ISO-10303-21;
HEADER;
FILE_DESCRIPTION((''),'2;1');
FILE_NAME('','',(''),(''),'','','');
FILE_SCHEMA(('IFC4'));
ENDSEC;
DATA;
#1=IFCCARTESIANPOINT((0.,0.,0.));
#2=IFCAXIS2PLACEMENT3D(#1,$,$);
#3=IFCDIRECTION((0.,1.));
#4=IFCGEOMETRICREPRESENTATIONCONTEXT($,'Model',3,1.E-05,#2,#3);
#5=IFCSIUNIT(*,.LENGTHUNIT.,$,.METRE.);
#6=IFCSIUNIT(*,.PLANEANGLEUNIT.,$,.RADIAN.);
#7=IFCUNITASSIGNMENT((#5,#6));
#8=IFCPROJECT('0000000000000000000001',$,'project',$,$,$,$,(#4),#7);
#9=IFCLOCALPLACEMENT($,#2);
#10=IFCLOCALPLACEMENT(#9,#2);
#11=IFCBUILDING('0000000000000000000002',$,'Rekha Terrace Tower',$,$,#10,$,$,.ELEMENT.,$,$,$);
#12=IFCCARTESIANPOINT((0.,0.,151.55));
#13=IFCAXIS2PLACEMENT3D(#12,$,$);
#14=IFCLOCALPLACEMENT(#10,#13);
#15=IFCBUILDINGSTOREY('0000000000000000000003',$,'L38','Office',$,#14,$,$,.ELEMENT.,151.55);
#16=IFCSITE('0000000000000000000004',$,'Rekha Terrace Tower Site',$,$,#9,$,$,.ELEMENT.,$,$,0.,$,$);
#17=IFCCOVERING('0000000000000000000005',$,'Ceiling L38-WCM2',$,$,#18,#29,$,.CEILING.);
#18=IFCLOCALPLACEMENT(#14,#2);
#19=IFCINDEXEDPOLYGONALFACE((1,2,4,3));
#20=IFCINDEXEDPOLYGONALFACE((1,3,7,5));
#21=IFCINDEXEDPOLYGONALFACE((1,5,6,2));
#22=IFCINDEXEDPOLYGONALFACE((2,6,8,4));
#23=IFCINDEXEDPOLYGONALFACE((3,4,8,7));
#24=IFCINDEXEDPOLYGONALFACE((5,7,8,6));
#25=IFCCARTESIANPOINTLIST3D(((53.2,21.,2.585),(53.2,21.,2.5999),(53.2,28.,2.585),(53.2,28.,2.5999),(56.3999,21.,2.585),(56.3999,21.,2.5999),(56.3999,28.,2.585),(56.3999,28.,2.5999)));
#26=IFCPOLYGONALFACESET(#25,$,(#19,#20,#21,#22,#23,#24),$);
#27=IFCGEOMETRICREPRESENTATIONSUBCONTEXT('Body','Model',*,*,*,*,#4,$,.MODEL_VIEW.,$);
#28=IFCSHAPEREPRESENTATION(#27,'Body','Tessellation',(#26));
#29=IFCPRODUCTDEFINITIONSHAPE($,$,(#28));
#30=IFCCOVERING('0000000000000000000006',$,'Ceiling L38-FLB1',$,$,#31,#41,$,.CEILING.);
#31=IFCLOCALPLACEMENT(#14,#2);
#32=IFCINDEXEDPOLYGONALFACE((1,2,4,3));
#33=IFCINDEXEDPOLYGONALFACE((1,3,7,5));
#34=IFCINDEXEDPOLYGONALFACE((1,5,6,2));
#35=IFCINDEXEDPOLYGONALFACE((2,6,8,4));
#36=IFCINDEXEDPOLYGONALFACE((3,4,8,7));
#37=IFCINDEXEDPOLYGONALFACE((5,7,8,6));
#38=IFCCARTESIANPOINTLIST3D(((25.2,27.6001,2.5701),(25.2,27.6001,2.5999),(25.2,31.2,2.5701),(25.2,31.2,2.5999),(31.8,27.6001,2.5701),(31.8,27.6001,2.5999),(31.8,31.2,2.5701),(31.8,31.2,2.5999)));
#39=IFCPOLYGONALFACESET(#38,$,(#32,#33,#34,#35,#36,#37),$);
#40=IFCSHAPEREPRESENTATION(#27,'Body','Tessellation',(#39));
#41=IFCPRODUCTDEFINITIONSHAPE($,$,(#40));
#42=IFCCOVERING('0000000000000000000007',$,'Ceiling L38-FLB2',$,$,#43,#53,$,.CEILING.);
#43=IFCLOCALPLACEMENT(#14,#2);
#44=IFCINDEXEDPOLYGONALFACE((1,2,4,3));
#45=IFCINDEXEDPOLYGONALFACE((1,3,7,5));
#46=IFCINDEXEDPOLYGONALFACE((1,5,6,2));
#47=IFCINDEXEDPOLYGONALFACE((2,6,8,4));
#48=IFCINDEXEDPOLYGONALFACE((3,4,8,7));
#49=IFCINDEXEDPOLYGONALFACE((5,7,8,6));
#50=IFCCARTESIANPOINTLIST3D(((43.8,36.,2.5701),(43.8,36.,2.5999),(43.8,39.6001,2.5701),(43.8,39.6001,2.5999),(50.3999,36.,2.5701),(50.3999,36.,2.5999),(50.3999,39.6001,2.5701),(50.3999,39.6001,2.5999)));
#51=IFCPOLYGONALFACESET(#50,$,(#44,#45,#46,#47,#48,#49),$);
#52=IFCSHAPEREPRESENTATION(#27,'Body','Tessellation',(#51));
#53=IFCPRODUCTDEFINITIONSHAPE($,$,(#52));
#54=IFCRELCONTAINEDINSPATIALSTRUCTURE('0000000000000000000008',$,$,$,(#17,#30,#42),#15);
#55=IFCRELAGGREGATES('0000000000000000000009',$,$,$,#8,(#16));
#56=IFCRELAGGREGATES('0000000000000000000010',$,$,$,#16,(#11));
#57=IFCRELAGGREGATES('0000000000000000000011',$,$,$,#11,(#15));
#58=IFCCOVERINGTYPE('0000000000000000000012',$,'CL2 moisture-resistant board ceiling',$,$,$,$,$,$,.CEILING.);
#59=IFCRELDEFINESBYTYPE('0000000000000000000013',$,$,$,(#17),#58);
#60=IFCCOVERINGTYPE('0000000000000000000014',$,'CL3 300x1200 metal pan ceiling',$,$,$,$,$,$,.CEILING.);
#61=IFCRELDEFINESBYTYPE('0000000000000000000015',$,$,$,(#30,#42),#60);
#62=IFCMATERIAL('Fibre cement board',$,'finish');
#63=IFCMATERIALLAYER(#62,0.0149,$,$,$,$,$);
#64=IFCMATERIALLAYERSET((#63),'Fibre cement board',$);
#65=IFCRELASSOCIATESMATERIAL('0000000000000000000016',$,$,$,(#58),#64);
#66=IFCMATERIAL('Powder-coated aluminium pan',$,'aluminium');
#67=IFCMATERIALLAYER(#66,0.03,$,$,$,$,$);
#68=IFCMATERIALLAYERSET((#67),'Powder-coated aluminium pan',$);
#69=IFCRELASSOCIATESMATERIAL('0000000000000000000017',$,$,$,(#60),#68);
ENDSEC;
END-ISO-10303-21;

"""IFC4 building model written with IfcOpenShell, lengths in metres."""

from ifc_helpers import new_model, si_unit, direction, frame, origin, place, context, subcontext, project, spatial, polyline, outline, extrude, material, layer, layer_set, type_object, element, save


model = new_model("IFC4")

# Units and contexts
model_context = context("Model", 3, precision=1e-05, world=origin(), true_north=direction((0.0, 1.0)))
body_context = subcontext(model_context, "Body", "Model", "MODEL_VIEW")
ifc_project = project(units=[si_unit("LENGTHUNIT", "METRE"), si_unit("PLANEANGLEUNIT", "RADIAN")], contexts=[model_context])

# Site, building, storey
site_placement = place(None, origin())
site = spatial("IfcSite", under=ifc_project, at=site_placement, Name="Rekha Terrace Tower Site", CompositionType="ELEMENT", RefElevation=0.0)
building_placement = place(site_placement, origin())
building = spatial("IfcBuilding", under=site, at=building_placement, Name="Rekha Terrace Tower", CompositionType="ELEMENT")
storey_placement = place(building_placement, frame((0.0, 0.0, 151.55)))
storey = spatial("IfcBuildingStorey", under=building, at=storey_placement, Name="L38", Description="Office", CompositionType="ELEMENT", Elevation=151.55)

# Coverings
ifc_material_1 = material(Name="Fibre cement board", Category="finish")
ifc_layer_1 = layer(ifc_material_1, 0.0149)
ifc_layer_set_1 = layer_set([ifc_layer_1], Name="Fibre cement board")
covering_type_1 = type_object("IfcCoveringType", Name="CL2 moisture-resistant board ceiling", PredefinedType="CEILING", material=ifc_layer_set_1)
covering_1_placement = place(storey_placement, frame((0.0, 0.0, 2.585)))
element("IfcCovering", 1, at=covering_1_placement, inside=storey, type_object=covering_type_1, Name="Ceiling L38-WCM2", PredefinedType="CEILING", context=body_context, shape_type="SweptSolid", body=[
    extrude(outline(polyline([(56.3999, 28.0), (53.2, 28.0), (53.2, 21.0), (56.3999, 21.0), (56.3999, 28.0)])), origin(), (0.0, 0.0, 1.0), 0.0149),
])
ifc_material_2 = material(Name="Powder-coated aluminium pan", Category="aluminium")
ifc_layer_2 = layer(ifc_material_2, 0.03)
ifc_layer_set_2 = layer_set([ifc_layer_2], Name="Powder-coated aluminium pan")
covering_type_2 = type_object("IfcCoveringType", Name="CL3 300x1200 metal pan ceiling", PredefinedType="CEILING", material=ifc_layer_set_2)
covering_2_placement = place(storey_placement, frame((0.0, 0.0, 2.5701)))
element("IfcCovering", 2, at=covering_2_placement, inside=storey, type_object=covering_type_2, Name="Ceiling L38-FLB1", PredefinedType="CEILING", context=body_context, shape_type="SweptSolid", body=[
    extrude(outline(polyline([(31.8, 31.2), (25.2, 31.2), (25.2, 27.6001), (31.8, 27.6001), (31.8, 31.2)])), origin(), (0.0, 0.0, 1.0), 0.0298),
])
covering_3_placement = place(storey_placement, frame((0.0, 0.0, 2.5701)))
element("IfcCovering", 3, at=covering_3_placement, inside=storey, type_object=covering_type_2, Name="Ceiling L38-FLB2", PredefinedType="CEILING", context=body_context, shape_type="SweptSolid", body=[
    extrude(outline(polyline([(50.3999, 39.6001), (43.8, 39.6001), (43.8, 36.0), (50.3999, 36.0), (50.3999, 39.6001)])), origin(), (0.0, 0.0, 1.0), 0.0298),
])

save(model, "model.ifc")
